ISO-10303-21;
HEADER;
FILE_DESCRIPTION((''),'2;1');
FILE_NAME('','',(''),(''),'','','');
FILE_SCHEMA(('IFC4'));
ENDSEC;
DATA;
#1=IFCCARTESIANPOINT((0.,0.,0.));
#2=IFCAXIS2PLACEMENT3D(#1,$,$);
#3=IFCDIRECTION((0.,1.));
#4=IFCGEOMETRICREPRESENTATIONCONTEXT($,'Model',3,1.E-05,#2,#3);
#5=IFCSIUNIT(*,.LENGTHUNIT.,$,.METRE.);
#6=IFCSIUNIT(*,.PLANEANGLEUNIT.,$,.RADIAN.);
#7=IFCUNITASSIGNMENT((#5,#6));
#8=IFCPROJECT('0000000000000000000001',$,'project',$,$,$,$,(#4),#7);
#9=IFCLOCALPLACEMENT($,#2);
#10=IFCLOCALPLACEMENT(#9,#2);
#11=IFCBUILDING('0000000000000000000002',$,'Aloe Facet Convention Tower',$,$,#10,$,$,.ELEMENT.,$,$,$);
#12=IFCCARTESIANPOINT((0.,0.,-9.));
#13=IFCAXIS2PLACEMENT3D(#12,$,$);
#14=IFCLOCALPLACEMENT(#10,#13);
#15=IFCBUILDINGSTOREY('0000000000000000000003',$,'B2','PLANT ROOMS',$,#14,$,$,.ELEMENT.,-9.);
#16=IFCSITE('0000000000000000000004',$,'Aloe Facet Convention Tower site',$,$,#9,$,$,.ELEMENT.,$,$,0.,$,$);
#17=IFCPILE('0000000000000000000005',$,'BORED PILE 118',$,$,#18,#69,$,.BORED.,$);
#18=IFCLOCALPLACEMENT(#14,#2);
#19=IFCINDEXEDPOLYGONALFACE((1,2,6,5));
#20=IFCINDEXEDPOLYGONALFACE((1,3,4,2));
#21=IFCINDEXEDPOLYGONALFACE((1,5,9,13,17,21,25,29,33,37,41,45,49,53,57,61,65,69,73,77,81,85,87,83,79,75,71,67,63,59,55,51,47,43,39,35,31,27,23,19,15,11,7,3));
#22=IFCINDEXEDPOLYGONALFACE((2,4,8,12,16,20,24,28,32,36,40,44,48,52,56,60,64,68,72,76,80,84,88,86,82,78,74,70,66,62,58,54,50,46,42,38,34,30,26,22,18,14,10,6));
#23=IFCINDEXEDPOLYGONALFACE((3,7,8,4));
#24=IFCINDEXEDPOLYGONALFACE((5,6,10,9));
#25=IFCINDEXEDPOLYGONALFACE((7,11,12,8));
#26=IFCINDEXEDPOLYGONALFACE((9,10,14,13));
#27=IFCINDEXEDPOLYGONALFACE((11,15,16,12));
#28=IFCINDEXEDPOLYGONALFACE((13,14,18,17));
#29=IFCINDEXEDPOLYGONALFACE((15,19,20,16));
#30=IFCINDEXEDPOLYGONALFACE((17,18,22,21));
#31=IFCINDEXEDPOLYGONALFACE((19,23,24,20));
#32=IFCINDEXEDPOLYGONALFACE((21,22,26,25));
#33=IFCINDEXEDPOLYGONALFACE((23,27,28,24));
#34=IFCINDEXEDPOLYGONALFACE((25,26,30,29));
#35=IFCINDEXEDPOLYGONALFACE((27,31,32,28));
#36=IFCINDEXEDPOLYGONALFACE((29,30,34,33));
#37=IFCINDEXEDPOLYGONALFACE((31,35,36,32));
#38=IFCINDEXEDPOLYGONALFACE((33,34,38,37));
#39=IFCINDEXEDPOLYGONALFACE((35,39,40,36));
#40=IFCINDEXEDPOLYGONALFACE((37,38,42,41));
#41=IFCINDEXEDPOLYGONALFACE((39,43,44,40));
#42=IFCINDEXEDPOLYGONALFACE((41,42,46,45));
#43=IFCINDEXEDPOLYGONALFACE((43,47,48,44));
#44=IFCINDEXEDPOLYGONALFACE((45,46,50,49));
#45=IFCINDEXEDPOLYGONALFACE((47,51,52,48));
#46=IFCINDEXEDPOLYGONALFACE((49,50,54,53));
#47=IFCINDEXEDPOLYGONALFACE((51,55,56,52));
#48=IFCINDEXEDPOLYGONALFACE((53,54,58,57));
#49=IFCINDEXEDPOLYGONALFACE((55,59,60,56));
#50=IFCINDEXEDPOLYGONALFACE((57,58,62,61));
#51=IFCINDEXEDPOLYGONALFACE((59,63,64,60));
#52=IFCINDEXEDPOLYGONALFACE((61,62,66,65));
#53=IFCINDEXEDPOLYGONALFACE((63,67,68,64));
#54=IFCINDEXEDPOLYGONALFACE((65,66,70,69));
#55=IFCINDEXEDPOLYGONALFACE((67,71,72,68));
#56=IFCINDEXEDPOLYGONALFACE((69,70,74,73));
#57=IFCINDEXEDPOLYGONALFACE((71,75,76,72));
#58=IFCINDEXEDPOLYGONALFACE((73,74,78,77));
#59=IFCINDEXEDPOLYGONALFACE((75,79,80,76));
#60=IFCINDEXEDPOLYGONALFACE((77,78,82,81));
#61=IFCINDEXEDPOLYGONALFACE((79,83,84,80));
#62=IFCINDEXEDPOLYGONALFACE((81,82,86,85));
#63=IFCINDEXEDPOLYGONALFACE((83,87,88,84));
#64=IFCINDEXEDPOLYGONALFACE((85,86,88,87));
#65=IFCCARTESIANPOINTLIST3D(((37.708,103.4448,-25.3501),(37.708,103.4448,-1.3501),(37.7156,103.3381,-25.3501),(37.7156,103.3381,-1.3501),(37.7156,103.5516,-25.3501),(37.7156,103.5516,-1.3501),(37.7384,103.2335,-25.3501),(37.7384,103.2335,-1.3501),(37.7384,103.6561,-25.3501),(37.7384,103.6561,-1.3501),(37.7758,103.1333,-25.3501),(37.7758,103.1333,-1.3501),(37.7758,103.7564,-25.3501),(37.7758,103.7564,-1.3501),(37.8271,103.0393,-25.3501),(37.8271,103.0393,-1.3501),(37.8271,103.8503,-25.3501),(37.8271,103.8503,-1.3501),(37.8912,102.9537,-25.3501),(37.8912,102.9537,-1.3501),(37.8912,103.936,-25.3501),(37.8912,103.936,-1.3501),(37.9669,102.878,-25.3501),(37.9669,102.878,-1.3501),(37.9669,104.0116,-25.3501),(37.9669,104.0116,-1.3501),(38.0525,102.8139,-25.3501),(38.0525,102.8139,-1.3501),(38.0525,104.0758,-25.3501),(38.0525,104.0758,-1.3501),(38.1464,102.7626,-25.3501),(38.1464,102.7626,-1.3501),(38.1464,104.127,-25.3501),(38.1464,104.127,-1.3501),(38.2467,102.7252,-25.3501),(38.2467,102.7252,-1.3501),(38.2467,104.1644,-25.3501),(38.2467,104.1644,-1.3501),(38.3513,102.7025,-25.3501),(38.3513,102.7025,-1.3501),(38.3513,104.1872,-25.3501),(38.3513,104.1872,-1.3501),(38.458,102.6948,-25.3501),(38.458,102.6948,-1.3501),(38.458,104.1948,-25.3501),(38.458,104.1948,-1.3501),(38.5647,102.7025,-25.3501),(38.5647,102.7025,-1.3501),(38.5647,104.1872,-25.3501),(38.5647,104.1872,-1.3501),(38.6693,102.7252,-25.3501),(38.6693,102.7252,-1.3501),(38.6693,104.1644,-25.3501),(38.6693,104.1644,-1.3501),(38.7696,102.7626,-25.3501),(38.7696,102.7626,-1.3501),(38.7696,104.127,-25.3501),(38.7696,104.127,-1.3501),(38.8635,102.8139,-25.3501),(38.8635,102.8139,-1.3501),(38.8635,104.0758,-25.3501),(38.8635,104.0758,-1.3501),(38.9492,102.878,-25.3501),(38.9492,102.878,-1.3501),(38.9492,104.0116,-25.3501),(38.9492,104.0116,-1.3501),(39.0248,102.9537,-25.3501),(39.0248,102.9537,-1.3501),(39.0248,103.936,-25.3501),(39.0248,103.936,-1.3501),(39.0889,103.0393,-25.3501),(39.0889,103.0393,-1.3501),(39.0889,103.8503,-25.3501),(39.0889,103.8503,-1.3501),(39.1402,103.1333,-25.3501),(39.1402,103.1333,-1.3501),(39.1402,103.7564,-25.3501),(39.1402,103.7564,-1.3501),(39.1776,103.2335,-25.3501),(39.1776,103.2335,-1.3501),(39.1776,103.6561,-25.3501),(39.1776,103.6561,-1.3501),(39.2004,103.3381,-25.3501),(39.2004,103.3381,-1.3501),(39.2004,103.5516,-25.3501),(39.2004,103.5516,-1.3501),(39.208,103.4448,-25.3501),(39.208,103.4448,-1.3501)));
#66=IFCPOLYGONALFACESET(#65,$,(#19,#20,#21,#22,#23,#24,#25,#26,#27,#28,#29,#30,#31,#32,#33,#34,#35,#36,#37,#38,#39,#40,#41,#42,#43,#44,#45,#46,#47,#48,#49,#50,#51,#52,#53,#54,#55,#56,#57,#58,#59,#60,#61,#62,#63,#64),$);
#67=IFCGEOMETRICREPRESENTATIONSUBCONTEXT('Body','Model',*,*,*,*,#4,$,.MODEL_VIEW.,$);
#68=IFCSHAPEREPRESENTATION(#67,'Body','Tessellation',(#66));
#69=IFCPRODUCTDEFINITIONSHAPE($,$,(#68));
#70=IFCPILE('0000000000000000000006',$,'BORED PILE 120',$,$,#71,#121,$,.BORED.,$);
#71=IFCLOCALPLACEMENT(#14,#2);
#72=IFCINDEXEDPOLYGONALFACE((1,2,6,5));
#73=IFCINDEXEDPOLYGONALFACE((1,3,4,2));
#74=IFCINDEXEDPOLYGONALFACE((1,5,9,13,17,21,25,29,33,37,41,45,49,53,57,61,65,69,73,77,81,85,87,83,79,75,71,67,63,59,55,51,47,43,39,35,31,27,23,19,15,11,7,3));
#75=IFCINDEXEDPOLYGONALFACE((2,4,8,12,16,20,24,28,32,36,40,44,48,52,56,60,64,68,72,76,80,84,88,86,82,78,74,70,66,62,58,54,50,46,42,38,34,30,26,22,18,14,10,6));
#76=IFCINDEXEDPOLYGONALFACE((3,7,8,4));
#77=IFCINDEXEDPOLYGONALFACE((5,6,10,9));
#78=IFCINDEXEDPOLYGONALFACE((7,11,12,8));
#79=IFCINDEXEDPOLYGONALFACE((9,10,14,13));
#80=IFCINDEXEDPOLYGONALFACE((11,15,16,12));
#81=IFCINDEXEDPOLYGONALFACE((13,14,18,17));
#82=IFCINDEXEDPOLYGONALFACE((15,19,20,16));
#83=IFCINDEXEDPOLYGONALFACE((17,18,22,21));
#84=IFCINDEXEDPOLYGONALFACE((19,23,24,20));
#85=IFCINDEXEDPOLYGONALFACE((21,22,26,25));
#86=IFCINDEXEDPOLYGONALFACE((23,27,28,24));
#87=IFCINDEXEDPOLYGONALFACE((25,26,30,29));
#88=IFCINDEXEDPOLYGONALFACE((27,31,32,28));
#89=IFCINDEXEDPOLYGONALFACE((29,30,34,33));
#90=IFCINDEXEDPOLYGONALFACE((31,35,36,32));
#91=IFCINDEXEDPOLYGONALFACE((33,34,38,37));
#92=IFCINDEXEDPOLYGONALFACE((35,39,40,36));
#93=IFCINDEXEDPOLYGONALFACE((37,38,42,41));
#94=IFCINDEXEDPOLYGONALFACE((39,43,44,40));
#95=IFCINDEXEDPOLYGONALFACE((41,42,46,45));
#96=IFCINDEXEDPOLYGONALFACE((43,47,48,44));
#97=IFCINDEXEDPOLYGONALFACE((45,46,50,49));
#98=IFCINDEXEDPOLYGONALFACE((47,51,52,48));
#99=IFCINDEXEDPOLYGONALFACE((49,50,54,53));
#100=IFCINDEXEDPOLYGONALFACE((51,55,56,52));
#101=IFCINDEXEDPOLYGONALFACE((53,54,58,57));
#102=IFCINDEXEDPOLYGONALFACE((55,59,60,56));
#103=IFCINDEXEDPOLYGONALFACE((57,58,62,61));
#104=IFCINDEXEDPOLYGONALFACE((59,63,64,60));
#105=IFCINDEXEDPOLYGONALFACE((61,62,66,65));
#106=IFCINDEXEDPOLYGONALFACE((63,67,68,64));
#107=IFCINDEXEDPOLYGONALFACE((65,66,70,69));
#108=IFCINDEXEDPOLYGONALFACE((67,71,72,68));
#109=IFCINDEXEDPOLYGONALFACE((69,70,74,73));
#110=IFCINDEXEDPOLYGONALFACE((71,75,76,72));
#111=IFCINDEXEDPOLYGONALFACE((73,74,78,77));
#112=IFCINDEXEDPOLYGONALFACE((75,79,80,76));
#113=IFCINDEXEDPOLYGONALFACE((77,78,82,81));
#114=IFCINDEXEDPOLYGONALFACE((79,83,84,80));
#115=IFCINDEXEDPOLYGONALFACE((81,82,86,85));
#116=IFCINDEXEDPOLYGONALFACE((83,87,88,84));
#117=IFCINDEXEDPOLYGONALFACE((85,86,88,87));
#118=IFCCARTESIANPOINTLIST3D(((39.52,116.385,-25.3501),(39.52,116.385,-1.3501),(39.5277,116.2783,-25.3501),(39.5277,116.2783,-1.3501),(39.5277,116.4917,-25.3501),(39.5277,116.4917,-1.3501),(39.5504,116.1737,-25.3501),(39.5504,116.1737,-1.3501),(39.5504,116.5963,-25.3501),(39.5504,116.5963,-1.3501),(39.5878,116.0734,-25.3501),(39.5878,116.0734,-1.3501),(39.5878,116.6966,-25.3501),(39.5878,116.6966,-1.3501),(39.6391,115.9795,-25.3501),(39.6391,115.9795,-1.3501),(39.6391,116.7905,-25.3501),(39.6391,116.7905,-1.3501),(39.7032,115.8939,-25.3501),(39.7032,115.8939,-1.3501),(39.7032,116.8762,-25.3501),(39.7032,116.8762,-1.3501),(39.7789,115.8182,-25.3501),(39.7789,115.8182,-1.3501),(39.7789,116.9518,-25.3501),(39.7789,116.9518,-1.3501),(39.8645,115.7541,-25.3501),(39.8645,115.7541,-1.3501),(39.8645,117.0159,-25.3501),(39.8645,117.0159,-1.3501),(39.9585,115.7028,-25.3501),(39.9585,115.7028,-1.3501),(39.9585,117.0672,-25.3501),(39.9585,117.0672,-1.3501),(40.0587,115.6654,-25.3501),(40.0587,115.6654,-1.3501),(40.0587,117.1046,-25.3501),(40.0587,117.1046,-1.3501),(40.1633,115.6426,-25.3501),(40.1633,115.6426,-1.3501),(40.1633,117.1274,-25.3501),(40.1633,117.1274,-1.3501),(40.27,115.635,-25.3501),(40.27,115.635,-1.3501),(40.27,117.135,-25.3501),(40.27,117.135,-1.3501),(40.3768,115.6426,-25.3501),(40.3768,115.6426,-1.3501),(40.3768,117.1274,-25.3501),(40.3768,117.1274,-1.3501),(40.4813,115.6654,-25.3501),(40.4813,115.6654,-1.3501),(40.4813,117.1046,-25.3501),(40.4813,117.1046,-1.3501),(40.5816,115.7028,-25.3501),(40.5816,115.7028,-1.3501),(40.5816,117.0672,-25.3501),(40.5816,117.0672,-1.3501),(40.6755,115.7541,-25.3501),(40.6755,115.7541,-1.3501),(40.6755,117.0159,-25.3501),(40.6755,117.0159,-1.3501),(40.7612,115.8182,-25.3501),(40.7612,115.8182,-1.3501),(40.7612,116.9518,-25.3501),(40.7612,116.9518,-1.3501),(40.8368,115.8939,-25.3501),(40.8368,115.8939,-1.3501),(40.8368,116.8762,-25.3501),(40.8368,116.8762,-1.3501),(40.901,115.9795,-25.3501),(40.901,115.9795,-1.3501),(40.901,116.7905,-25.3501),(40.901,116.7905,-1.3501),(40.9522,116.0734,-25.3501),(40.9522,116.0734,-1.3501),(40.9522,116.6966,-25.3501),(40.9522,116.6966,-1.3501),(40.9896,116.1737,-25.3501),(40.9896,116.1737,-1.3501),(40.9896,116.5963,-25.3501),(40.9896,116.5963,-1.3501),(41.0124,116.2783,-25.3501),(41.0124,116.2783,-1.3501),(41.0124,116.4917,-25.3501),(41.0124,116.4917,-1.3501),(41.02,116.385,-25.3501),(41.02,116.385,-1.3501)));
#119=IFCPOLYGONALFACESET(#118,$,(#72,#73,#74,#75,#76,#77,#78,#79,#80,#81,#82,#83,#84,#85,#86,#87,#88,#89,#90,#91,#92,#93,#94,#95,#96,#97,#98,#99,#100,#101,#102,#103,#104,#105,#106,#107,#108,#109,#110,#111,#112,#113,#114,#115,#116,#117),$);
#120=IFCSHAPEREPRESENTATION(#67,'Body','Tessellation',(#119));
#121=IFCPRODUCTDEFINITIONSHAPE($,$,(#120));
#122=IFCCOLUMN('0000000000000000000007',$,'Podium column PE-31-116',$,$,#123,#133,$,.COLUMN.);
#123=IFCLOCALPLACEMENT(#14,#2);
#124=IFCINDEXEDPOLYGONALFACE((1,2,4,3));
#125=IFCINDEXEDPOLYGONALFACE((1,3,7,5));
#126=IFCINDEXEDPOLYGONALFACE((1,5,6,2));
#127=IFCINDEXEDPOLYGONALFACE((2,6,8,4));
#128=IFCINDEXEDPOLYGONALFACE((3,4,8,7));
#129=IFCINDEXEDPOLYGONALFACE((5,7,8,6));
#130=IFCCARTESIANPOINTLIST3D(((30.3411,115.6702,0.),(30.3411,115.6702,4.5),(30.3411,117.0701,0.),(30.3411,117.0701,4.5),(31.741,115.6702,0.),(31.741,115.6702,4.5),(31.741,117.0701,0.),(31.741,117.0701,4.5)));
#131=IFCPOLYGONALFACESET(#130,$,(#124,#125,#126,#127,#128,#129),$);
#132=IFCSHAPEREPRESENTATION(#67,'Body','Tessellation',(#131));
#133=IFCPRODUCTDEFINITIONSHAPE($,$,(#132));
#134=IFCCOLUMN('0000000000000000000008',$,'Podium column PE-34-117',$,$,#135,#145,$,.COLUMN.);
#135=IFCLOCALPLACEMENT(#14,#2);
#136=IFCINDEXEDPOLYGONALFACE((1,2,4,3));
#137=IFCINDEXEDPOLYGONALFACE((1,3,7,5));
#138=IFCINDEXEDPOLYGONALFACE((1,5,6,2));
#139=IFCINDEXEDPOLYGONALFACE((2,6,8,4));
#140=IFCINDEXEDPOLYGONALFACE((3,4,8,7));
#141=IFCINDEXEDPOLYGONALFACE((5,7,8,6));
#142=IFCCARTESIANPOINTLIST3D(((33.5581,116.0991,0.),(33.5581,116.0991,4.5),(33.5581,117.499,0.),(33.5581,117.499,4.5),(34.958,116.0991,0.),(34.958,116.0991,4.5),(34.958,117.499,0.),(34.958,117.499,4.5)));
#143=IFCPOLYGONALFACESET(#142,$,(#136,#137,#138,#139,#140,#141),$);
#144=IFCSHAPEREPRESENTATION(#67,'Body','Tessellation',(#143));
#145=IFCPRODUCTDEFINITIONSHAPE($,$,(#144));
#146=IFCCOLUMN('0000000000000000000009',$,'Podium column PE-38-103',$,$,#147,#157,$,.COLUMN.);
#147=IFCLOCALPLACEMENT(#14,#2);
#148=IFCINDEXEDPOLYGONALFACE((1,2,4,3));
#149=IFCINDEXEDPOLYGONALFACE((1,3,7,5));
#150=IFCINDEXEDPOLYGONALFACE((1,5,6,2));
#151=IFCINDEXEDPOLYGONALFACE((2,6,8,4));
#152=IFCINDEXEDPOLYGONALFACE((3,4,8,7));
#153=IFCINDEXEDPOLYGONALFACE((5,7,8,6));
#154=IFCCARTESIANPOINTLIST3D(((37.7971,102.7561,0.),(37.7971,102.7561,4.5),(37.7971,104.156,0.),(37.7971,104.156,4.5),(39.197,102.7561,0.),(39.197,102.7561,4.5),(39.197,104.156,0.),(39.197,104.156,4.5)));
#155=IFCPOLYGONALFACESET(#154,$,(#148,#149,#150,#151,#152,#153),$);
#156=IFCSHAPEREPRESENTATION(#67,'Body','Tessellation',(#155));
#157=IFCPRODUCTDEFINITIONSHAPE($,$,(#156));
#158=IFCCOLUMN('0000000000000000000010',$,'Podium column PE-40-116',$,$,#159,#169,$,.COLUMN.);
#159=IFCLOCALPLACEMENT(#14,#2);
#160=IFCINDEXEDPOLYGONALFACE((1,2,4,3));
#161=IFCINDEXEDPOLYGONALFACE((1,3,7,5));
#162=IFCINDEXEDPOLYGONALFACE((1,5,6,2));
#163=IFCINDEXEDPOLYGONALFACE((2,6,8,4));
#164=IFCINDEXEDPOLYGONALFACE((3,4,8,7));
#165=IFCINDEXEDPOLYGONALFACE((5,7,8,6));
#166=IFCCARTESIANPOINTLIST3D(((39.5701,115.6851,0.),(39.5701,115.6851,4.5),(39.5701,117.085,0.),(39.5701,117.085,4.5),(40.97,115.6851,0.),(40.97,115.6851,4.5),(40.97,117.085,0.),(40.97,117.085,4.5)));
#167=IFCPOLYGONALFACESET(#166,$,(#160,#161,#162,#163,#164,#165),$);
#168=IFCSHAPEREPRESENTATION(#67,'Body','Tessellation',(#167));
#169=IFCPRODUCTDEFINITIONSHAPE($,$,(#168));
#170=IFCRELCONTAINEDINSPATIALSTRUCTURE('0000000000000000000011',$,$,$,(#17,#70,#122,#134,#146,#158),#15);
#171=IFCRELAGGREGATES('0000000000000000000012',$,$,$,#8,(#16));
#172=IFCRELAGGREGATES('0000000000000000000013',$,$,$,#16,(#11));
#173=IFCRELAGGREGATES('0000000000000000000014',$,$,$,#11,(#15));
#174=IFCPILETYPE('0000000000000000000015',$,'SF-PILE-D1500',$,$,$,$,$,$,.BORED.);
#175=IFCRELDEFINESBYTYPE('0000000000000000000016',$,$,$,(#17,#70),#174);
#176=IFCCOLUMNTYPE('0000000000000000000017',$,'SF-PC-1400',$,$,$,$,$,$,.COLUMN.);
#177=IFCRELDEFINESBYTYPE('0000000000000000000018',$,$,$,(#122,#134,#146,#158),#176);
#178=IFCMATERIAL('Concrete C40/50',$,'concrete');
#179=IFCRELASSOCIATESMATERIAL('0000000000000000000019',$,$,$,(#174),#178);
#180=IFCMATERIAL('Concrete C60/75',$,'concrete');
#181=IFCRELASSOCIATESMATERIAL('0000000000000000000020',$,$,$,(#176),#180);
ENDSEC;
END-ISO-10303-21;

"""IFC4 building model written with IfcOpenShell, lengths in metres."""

from ifc_helpers import new_model, si_unit, direction, frame, origin, origin_2d, place, context, subcontext, project, spatial, rectangle, circle, extrude, material, material_profile, profile_set, type_object, element, save


model = new_model("IFC4")

# Units and contexts
model_context = context("Model", 3, precision=1e-05, world=origin(), true_north=direction((0.0, 1.0)))
body_context = subcontext(model_context, "Body", "Model", "MODEL_VIEW")
ifc_project = project(units=[si_unit("LENGTHUNIT", "METRE"), si_unit("PLANEANGLEUNIT", "RADIAN")], contexts=[model_context])

# Site, building, storey
site_placement = place(None, origin())
site = spatial("IfcSite", under=ifc_project, at=site_placement, Name="Aloe Facet Convention Tower site", CompositionType="ELEMENT", RefElevation=0.0)
building_placement = place(site_placement, origin())
building = spatial("IfcBuilding", under=site, at=building_placement, Name="Aloe Facet Convention Tower", CompositionType="ELEMENT")
storey_placement = place(building_placement, frame((0.0, 0.0, -9.0)))
storey = spatial("IfcBuildingStorey", under=building, at=storey_placement, Name="B2", Description="PLANT ROOMS", CompositionType="ELEMENT", Elevation=-9.0)

# Piles
ifc_material_1 = material(Name="Concrete C40/50", Category="concrete")
ifc_material_profile_1 = material_profile(ifc_material_1, circle(Radius=0.75, at=origin_2d()), Name="D1500")
ifc_profile_set_1 = profile_set([ifc_material_profile_1], Name="Concrete C40/50")
pile_type = type_object("IfcPileType", Name="SF-PILE-D1500", PredefinedType="BORED", material=ifc_profile_set_1)
for number, where, z_axis, x_axis, name in (
    (1, (38.458, 103.4448, -1.3501), (0.0, 0.0, -1.0), (1.0, 0.0, 0.0), "BORED PILE 118"),
    (2, (40.27, 116.385, -1.3501), (0.0, 0.0, -1.0), (1.0, 0.0, 0.0), "BORED PILE 120"),
):
    element("IfcPile", number, at=place(storey_placement, frame(where, z_axis=z_axis, x_axis=x_axis)), inside=storey, type_object=pile_type, Name=name, PredefinedType="BORED", context=body_context, shape_type="SweptSolid", body=[
        extrude(circle(Radius=0.75, at=origin_2d()), origin(), (0.0, 0.0, 1.0), 24.0),
    ])

# Columns
ifc_material_2 = material(Name="Concrete C60/75", Category="concrete")
ifc_material_profile_2 = material_profile(ifc_material_2, rectangle(XDim=1.3999, YDim=1.3999, at=origin_2d()), Name="SF-PC-1400")
ifc_profile_set_2 = profile_set([ifc_material_profile_2], Name="Concrete C60/75")
column_type = type_object("IfcColumnType", Name="SF-PC-1400", PredefinedType="COLUMN", material=ifc_profile_set_2)
for number, where, z_axis, x_axis, name in (
    (3, (31.041, 116.3701, 0.0), (0.0, 0.0, 1.0), (1.0, 0.0, 0.0), "Podium column PE-31-116"),
    (4, (34.2581, 116.7991, 0.0), (0.0, 0.0, 1.0), (1.0, 0.0, 0.0), "Podium column PE-34-117"),
    (5, (38.4971, 103.4561, 0.0), (0.0, 0.0, 1.0), (1.0, 0.0, 0.0), "Podium column PE-38-103"),
    (6, (40.27, 116.385, 0.0), (0.0, 0.0, 1.0), (1.0, 0.0, 0.0), "Podium column PE-40-116"),
):
    element("IfcColumn", number, at=place(storey_placement, frame(where, z_axis=z_axis, x_axis=x_axis)), inside=storey, type_object=column_type, Name=name, PredefinedType="COLUMN", context=body_context, shape_type="SweptSolid", body=[
        extrude(rectangle(XDim=1.3999, YDim=1.3999, at=origin_2d()), origin(), (0.0, 0.0, 1.0), 4.5),
    ])

save(model, "model.ifc")
